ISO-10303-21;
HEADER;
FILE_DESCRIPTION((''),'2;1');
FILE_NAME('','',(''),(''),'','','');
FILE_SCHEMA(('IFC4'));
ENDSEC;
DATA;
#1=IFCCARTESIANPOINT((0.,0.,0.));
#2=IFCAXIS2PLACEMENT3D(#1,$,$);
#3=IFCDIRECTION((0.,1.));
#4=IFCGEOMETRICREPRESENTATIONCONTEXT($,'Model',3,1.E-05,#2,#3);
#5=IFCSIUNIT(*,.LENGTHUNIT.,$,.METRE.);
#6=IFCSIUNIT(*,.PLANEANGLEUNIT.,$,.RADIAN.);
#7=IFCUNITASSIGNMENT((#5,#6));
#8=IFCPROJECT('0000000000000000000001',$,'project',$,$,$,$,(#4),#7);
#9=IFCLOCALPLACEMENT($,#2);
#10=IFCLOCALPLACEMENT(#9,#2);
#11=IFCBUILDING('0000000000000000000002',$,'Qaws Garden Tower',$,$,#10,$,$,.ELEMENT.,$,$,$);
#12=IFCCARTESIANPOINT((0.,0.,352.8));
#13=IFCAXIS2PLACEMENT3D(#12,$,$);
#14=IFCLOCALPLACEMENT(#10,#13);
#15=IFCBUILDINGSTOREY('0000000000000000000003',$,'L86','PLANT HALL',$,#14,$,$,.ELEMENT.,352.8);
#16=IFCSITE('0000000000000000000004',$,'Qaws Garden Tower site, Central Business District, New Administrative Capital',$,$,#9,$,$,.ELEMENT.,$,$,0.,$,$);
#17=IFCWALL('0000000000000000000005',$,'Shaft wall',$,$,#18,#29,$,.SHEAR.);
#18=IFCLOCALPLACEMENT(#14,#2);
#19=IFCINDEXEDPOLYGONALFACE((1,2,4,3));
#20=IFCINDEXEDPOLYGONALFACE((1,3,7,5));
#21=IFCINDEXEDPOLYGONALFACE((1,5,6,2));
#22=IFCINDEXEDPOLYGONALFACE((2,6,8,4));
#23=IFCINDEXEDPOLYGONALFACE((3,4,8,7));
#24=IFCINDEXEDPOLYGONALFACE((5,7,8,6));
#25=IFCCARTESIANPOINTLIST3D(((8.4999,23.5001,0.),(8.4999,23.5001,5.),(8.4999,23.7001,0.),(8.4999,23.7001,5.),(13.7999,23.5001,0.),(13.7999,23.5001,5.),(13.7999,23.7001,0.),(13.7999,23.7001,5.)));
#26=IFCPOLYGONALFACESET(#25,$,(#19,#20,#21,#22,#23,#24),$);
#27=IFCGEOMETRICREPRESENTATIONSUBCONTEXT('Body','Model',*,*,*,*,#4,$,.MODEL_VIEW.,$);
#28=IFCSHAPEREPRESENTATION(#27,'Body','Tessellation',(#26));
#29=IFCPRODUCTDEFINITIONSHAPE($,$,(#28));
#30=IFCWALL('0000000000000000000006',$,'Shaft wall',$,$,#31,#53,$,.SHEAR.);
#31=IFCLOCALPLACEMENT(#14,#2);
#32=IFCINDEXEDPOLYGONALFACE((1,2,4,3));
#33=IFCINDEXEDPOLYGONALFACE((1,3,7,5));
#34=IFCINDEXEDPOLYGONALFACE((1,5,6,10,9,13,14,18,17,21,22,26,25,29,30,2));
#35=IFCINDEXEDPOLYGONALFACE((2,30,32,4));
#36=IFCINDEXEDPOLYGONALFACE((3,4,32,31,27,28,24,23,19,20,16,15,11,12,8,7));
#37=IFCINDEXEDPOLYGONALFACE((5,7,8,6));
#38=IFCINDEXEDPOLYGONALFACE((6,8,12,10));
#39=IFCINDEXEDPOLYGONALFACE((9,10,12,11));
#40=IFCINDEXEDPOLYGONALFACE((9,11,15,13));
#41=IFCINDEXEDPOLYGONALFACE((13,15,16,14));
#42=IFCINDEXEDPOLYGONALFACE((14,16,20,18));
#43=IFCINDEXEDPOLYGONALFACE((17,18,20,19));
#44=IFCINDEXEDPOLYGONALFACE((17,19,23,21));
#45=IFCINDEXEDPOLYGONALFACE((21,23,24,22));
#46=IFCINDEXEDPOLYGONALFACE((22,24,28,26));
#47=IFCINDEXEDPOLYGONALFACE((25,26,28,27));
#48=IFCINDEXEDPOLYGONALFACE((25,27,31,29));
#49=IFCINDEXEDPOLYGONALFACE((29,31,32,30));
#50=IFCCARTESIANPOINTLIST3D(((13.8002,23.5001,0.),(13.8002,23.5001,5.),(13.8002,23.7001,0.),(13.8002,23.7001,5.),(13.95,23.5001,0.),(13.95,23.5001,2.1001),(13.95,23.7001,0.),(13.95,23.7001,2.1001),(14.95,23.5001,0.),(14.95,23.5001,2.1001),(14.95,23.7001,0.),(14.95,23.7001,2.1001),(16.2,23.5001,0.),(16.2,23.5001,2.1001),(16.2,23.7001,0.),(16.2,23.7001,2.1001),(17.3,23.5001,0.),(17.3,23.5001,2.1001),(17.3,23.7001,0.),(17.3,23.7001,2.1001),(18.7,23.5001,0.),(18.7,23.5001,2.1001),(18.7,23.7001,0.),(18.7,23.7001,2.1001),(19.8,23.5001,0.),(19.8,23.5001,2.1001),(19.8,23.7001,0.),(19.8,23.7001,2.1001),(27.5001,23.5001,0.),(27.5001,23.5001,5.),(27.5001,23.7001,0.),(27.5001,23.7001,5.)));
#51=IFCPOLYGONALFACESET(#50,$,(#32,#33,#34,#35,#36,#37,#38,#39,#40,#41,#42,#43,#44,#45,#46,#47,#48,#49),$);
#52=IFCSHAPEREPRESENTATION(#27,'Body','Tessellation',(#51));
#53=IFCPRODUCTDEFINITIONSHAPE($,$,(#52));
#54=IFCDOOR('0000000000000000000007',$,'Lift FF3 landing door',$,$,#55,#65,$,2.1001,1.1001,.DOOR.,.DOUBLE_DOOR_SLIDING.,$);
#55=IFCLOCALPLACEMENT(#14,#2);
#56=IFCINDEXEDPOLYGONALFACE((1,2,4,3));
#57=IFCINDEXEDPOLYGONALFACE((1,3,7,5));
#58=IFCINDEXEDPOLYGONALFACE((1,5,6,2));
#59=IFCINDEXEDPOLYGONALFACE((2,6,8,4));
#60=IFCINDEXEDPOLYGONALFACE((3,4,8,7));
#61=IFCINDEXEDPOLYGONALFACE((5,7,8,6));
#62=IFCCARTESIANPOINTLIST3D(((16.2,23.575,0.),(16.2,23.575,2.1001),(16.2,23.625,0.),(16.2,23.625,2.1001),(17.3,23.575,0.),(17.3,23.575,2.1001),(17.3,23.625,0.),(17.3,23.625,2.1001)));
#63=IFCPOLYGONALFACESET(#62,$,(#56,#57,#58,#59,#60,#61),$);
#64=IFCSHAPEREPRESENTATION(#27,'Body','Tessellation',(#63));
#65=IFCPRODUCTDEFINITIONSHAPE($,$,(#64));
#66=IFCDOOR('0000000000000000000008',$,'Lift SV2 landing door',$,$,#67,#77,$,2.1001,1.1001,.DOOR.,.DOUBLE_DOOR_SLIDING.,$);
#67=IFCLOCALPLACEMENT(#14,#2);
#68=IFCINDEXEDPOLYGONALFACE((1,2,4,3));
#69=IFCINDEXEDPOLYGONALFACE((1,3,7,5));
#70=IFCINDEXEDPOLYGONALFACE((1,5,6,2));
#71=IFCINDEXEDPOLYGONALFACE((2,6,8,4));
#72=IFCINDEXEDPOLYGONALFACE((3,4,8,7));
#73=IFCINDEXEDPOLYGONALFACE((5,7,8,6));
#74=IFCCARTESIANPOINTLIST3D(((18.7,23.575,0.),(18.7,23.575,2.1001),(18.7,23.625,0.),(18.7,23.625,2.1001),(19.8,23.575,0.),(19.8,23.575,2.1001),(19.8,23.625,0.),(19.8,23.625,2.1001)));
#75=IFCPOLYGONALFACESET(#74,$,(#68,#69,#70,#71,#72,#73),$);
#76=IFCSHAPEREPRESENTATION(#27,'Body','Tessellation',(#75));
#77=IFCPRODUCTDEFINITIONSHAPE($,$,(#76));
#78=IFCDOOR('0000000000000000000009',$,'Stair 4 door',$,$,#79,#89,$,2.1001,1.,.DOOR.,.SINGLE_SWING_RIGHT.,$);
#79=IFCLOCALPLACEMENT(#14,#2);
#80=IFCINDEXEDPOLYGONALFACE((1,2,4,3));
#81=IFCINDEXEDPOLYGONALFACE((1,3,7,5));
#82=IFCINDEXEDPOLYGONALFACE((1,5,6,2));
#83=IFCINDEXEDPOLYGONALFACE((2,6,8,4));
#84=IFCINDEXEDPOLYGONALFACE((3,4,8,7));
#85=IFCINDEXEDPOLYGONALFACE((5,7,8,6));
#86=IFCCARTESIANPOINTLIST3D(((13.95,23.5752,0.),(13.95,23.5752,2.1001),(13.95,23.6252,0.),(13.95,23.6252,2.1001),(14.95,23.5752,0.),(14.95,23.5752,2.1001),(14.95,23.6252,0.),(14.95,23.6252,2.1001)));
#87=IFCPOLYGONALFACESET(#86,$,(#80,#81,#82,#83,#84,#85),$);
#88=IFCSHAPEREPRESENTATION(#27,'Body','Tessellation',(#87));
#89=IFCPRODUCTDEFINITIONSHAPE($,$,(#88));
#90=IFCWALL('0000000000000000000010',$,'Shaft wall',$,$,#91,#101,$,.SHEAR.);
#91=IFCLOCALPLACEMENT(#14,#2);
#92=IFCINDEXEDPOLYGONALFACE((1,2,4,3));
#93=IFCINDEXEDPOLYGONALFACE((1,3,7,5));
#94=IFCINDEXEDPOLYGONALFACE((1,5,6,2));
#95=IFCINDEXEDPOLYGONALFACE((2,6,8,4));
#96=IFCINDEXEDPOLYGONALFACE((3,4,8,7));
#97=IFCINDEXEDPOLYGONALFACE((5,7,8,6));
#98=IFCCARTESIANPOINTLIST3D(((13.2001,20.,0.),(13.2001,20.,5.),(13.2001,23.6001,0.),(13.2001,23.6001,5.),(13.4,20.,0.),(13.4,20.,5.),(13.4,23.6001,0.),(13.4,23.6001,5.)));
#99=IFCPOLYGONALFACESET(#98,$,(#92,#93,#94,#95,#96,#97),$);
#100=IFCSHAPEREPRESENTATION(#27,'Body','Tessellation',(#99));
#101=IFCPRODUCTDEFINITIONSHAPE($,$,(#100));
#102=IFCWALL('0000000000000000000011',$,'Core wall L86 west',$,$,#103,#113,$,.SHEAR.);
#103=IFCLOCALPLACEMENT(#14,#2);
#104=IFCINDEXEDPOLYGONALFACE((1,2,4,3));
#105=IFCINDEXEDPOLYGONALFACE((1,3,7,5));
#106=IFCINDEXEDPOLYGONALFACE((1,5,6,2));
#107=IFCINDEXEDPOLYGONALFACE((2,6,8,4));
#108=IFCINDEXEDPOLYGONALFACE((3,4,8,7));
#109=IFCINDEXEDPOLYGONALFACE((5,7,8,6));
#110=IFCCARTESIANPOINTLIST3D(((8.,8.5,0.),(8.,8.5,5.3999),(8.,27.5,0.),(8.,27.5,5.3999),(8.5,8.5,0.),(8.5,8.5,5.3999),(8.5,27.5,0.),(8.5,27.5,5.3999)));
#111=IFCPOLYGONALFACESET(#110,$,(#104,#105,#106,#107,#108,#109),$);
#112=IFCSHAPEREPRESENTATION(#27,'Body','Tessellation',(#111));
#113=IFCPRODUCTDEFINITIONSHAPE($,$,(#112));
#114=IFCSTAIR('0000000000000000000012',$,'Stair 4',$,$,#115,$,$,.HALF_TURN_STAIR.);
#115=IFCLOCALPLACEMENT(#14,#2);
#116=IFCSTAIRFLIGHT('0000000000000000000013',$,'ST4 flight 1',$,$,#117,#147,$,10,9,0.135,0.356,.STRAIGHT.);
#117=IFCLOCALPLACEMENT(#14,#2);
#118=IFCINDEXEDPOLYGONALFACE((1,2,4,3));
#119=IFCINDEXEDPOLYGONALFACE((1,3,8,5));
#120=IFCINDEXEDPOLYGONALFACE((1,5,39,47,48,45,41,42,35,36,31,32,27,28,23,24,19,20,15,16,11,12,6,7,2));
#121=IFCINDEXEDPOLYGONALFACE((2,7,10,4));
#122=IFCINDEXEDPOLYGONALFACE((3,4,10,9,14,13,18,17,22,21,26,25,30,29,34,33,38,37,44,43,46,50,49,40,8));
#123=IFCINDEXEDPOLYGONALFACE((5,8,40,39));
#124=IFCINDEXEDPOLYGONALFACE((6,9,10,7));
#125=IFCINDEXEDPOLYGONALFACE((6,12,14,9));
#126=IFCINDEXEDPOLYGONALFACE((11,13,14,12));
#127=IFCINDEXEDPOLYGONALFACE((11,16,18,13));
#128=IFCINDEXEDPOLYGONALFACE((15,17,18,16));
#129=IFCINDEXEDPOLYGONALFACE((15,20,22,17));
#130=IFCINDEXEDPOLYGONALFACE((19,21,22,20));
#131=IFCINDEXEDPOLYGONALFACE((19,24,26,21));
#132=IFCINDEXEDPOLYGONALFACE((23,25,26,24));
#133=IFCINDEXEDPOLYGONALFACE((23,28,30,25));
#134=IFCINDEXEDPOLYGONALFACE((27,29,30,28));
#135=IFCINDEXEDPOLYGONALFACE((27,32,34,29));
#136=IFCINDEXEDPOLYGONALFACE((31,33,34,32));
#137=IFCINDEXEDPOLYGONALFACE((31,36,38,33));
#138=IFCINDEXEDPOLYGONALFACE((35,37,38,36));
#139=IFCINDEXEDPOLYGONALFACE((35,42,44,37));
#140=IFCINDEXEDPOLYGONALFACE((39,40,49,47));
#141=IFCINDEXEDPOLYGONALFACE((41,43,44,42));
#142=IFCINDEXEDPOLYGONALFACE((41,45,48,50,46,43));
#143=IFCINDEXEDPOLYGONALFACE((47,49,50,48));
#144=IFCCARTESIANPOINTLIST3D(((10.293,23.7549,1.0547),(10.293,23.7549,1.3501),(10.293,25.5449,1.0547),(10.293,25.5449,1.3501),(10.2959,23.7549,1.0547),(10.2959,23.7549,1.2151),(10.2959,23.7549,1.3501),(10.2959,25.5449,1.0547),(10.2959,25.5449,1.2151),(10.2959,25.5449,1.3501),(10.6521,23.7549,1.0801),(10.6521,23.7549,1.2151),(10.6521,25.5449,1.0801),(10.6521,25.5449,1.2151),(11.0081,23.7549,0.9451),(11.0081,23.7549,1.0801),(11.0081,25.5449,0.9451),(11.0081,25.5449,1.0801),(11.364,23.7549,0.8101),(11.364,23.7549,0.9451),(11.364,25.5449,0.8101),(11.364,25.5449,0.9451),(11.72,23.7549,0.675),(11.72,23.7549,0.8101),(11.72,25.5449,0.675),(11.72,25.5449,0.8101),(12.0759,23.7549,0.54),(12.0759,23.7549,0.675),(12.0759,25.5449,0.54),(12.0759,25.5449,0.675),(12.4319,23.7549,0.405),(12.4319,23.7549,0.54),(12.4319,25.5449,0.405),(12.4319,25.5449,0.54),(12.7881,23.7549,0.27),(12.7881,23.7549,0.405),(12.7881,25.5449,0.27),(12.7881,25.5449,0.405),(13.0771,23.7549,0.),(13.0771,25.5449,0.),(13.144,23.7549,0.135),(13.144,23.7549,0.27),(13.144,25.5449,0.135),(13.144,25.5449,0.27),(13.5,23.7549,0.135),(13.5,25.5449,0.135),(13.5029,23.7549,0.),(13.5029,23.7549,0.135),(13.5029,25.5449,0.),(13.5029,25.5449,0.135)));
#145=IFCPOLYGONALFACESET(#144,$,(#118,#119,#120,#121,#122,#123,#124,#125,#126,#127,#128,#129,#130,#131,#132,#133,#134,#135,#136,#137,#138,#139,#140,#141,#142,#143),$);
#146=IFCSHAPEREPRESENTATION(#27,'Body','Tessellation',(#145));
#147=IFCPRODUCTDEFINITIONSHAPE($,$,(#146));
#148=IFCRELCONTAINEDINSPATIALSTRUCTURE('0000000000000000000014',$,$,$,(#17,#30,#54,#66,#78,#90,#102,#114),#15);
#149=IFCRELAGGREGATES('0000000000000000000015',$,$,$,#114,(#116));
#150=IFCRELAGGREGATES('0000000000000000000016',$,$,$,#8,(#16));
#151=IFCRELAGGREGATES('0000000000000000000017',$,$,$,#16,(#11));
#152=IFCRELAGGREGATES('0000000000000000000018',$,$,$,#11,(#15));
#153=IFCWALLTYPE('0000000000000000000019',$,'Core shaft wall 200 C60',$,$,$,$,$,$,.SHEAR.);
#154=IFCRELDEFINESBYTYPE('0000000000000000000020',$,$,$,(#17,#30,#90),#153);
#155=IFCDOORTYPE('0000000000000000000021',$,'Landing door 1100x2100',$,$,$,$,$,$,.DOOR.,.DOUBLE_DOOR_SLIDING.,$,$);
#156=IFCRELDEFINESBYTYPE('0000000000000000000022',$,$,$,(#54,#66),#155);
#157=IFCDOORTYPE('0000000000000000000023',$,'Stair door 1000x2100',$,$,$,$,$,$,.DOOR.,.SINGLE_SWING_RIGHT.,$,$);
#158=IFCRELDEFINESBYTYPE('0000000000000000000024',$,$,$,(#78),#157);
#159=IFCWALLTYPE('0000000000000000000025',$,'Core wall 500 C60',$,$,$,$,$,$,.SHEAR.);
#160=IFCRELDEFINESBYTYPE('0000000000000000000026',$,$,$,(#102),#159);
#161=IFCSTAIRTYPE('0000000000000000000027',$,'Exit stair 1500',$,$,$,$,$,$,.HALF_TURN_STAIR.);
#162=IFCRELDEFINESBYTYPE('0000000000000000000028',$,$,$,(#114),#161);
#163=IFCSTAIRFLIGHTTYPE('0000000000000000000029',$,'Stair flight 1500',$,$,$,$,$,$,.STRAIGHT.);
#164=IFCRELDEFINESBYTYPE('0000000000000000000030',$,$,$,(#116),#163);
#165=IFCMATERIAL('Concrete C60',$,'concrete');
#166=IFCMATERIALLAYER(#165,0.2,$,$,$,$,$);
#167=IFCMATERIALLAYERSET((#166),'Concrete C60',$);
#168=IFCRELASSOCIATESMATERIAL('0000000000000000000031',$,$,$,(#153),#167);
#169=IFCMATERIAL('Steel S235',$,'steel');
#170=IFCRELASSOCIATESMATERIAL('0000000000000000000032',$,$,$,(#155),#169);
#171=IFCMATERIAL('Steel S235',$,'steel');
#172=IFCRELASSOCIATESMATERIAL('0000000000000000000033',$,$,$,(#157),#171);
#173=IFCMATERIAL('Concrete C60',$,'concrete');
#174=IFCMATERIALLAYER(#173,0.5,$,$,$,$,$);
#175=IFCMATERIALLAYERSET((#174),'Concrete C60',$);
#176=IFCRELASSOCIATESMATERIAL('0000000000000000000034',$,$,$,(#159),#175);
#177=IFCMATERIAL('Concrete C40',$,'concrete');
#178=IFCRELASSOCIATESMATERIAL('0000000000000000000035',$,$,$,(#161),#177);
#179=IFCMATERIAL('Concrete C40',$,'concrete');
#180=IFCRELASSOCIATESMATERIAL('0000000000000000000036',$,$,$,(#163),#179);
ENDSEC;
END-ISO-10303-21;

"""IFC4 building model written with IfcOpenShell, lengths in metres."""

from ifc_helpers import new_model, si_unit, direction, frame, frame_2d, origin, place, context, subcontext, project, spatial, polyline, rectangle, outline, extrude, material, layer, layer_set, type_object, element, fill, aggregate, save


model = new_model("IFC4")

# Units and contexts
model_context = context("Model", 3, precision=1e-05, world=origin(), true_north=direction((0.0, 1.0)))
body_context = subcontext(model_context, "Body", "Model", "MODEL_VIEW")
ifc_project = project(units=[si_unit("LENGTHUNIT", "METRE"), si_unit("PLANEANGLEUNIT", "RADIAN")], contexts=[model_context])

# Site, building, storey
site_placement = place(None, origin())
site = spatial("IfcSite", under=ifc_project, at=site_placement, Name="Qaws Garden Tower site, Central Business District, New Administrative Capital", CompositionType="ELEMENT", RefElevation=0.0)
building_placement = place(site_placement, origin())
building = spatial("IfcBuilding", under=site, at=building_placement, Name="Qaws Garden Tower", CompositionType="ELEMENT")
storey_placement = place(building_placement, frame((0.0, 0.0, 352.8)))
storey = spatial("IfcBuildingStorey", under=building, at=storey_placement, Name="L86", Description="PLANT HALL", CompositionType="ELEMENT", Elevation=352.8)

# Wall
ifc_material_1 = material(Name="Concrete C60", Category="concrete")
ifc_layer_1 = layer(ifc_material_1, 0.2)
ifc_layer_set_1 = layer_set([ifc_layer_1], Name="Concrete C60")
wall_type_1 = type_object("IfcWallType", Name="Core shaft wall 200 C60", PredefinedType="SHEAR", material=ifc_layer_set_1)
wall_1_placement = place(storey_placement, frame((8.5, 23.6001, 0.0), z_axis=(0.0, 0.0, 1.0), x_axis=(1.0, 0.0, 0.0)))
element("IfcWall", 1, at=wall_1_placement, inside=storey, type_object=wall_type_1, Name="Shaft wall", PredefinedType="SHEAR", context=body_context, shape_type="SweptSolid", body=[
    extrude(rectangle(XDim=5.3, YDim=0.2, at=frame_2d((2.6499, 0.0))), origin(), (0.0, 0.0, 1.0), 5.0),
])

# Wall, openings, doors
wall_2_placement = place(storey_placement, frame((13.8, 23.6001, 0.0), z_axis=(0.0, 0.0, 1.0), x_axis=(1.0, 0.0, 0.0)))
wall_2 = element("IfcWall", 2, at=wall_2_placement, inside=storey, type_object=wall_type_1, Name="Shaft wall", PredefinedType="SHEAR", context=body_context, shape_type="SweptSolid", body=[
    extrude(rectangle(XDim=13.7, YDim=0.2, at=frame_2d((6.8501, 0.0))), origin(), (0.0, 0.0, 1.0), 5.0),
])
opening_1_placement = place(wall_2_placement, frame((2.3999, 0.0, 0.0)))
opening_1 = element("IfcOpeningElement", 3, at=opening_1_placement, cuts=wall_2, PredefinedType="OPENING", context=body_context, shape_type="SweptSolid", body=[
    extrude(rectangle(XDim=1.1001, YDim=2.1001, at=frame_2d((0.55, 1.05))), frame((0.0, 0.1099, 0.0), z_axis=(0.0, -1.0, 0.0), x_axis=(1.0, 0.0, 0.0)), (0.0, 0.0, 1.0), 0.22),
])
opening_2_placement = place(wall_2_placement, frame((4.8999, 0.0, 0.0)))
opening_2 = element("IfcOpeningElement", 4, at=opening_2_placement, cuts=wall_2, PredefinedType="OPENING", context=body_context, shape_type="SweptSolid", body=[
    extrude(rectangle(XDim=1.1001, YDim=2.1001, at=frame_2d((0.55, 1.05))), frame((0.0, 0.1099, 0.0), z_axis=(0.0, -1.0, 0.0), x_axis=(1.0, 0.0, 0.0)), (0.0, 0.0, 1.0), 0.22),
])
opening_3_placement = place(wall_2_placement, frame((0.1499, 0.0, 0.0)))
opening_3 = element("IfcOpeningElement", 5, at=opening_3_placement, cuts=wall_2, PredefinedType="OPENING", context=body_context, shape_type="SweptSolid", body=[
    extrude(rectangle(XDim=1.0, YDim=2.1001, at=frame_2d((0.5, 1.05))), frame((0.0, 0.1099, 0.0), z_axis=(0.0, -1.0, 0.0), x_axis=(1.0, 0.0, 0.0)), (0.0, 0.0, 1.0), 0.22),
])
ifc_material_2 = material(Name="Steel S235", Category="steel")
door_type_1 = type_object("IfcDoorType", Name="Landing door 1100x2100", OperationType="DOUBLE_DOOR_SLIDING", PredefinedType="DOOR", material=ifc_material_2)
door_1_placement = place(opening_1_placement, origin())
door_1 = element("IfcDoor", 6, at=door_1_placement, inside=storey, type_object=door_type_1, Name="Lift FF3 landing door", OperationType="DOUBLE_DOOR_SLIDING", OverallHeight=2.1001, OverallWidth=1.1001, PredefinedType="DOOR", context=body_context, shape_type="SweptSolid", body=[
    extrude(rectangle(XDim=1.1001, YDim=2.1001, at=frame_2d((0.55, 1.05))), frame((0.0, 0.0249, 0.0), z_axis=(0.0, -1.0, 0.0), x_axis=(1.0, 0.0, 0.0)), (0.0, 0.0, 1.0), 0.05),
])
fill(opening_1, door_1)
door_2_placement = place(opening_2_placement, origin())
door_2 = element("IfcDoor", 7, at=door_2_placement, inside=storey, type_object=door_type_1, Name="Lift SV2 landing door", OperationType="DOUBLE_DOOR_SLIDING", OverallHeight=2.1001, OverallWidth=1.1001, PredefinedType="DOOR", context=body_context, shape_type="SweptSolid", body=[
    extrude(rectangle(XDim=1.1001, YDim=2.1001, at=frame_2d((0.55, 1.05))), frame((0.0, 0.0249, 0.0), z_axis=(0.0, -1.0, 0.0), x_axis=(1.0, 0.0, 0.0)), (0.0, 0.0, 1.0), 0.05),
])
fill(opening_2, door_2)
ifc_material_3 = material(Name="Steel S235", Category="steel")
door_type_2 = type_object("IfcDoorType", Name="Stair door 1000x2100", OperationType="SINGLE_SWING_RIGHT", PredefinedType="DOOR", material=ifc_material_3)
door_3_placement = place(opening_3_placement, frame((1.0, 0.0, 0.0), z_axis=(0.0, 0.0, 1.0), x_axis=(-1.0, 0.0, 0.0)))
door_3 = element("IfcDoor", 8, at=door_3_placement, inside=storey, type_object=door_type_2, Name="Stair 4 door", OperationType="SINGLE_SWING_RIGHT", OverallHeight=2.1001, OverallWidth=1.0, PredefinedType="DOOR", context=body_context, shape_type="SweptSolid", body=[
    extrude(rectangle(XDim=1.0, YDim=2.1001, at=frame_2d((0.5, 1.05))), frame((0.0, 0.0249, 0.0), z_axis=(0.0, -1.0, 0.0), x_axis=(1.0, 0.0, 0.0)), (0.0, 0.0, 1.0), 0.05),
])
fill(opening_3, door_3)

# Walls
wall_3_placement = place(storey_placement, frame((13.3, 20.0, 0.0), z_axis=(0.0, 0.0, 1.0), x_axis=(0.0, 1.0, 0.0)))
element("IfcWall", 9, at=wall_3_placement, inside=storey, type_object=wall_type_1, Name="Shaft wall", PredefinedType="SHEAR", context=body_context, shape_type="SweptSolid", body=[
    extrude(rectangle(XDim=3.6001, YDim=0.2, at=frame_2d((1.8, 0.0))), origin(), (0.0, 0.0, 1.0), 5.0),
])
ifc_material_4 = material(Name="Concrete C60", Category="concrete")
ifc_layer_2 = layer(ifc_material_4, 0.5)
ifc_layer_set_2 = layer_set([ifc_layer_2], Name="Concrete C60")
wall_type_2 = type_object("IfcWallType", Name="Core wall 500 C60", PredefinedType="SHEAR", material=ifc_layer_set_2)
wall_4_placement = place(storey_placement, frame((8.25, 27.5, 0.0), z_axis=(0.0, 0.0, 1.0), x_axis=(0.0, -1.0, 0.0)))
element("IfcWall", 10, at=wall_4_placement, inside=storey, type_object=wall_type_2, Name="Core wall L86 west", PredefinedType="SHEAR", context=body_context, shape_type="SweptSolid", body=[
    extrude(rectangle(XDim=19.0, YDim=0.5, at=frame_2d((9.5, 0.0))), origin(), (0.0, 0.0, 1.0), 5.3999),
])

# Stair, stair flight
ifc_material_5 = material(Name="Concrete C40", Category="concrete")
stair_type = type_object("IfcStairType", Name="Exit stair 1500", PredefinedType="HALF_TURN_STAIR", material=ifc_material_5)
stair_placement = place(storey_placement, origin())
stair = element("IfcStair", 11, at=stair_placement, inside=storey, type_object=stair_type, Name="Stair 4", PredefinedType="HALF_TURN_STAIR")
ifc_material_6 = material(Name="Concrete C40", Category="concrete")
stair_flight_type = type_object("IfcStairFlightType", Name="Stair flight 1500", PredefinedType="STRAIGHT", material=ifc_material_6)
stair_flight_1_placement = place(storey_placement, frame((13.5, 24.6499, 0.0), z_axis=(0.0, 0.0, 1.0), x_axis=(-1.0, 0.0, 0.0)))
stair_flight_1 = element("IfcStairFlight", 12, at=stair_flight_1_placement, type_object=stair_flight_type, Name="ST4 flight 1", NumberOfRisers=10, NumberOfTreads=9, PredefinedType="STRAIGHT", RiserHeight=0.135, TreadLength=0.356, context=body_context, shape_type="SweptSolid", body=[
    extrude(outline(polyline([(-0.0029, 0.0), (-0.0029, 0.135), (0.0, 0.135), (0.356, 0.135), (0.356, 0.27), (0.7119, 0.27), (0.7119, 0.405), (1.0681, 0.405), (1.0681, 0.54), (1.4241, 0.54), (1.4241, 0.675), (1.78, 0.675), (1.78, 0.8101), (2.136, 0.8101), (2.136, 0.9451), (2.4919, 0.9451), (2.4919, 1.0801), (2.8479, 1.0801), (2.8479, 1.2151), (3.2041, 1.2151), (3.2041, 1.3501), (3.207, 1.3501), (3.207, 1.0547), (3.2041, 1.0547), (0.4229, 0.0), (-0.0029, 0.0)])), frame((0.0, 0.895, 0.0), z_axis=(0.0, -1.0, 0.0), x_axis=(1.0, 0.0, 0.0)), (0.0, 0.0, 1.0), 1.79),
])
aggregate(stair, [stair_flight_1])

save(model, "model.ifc")
